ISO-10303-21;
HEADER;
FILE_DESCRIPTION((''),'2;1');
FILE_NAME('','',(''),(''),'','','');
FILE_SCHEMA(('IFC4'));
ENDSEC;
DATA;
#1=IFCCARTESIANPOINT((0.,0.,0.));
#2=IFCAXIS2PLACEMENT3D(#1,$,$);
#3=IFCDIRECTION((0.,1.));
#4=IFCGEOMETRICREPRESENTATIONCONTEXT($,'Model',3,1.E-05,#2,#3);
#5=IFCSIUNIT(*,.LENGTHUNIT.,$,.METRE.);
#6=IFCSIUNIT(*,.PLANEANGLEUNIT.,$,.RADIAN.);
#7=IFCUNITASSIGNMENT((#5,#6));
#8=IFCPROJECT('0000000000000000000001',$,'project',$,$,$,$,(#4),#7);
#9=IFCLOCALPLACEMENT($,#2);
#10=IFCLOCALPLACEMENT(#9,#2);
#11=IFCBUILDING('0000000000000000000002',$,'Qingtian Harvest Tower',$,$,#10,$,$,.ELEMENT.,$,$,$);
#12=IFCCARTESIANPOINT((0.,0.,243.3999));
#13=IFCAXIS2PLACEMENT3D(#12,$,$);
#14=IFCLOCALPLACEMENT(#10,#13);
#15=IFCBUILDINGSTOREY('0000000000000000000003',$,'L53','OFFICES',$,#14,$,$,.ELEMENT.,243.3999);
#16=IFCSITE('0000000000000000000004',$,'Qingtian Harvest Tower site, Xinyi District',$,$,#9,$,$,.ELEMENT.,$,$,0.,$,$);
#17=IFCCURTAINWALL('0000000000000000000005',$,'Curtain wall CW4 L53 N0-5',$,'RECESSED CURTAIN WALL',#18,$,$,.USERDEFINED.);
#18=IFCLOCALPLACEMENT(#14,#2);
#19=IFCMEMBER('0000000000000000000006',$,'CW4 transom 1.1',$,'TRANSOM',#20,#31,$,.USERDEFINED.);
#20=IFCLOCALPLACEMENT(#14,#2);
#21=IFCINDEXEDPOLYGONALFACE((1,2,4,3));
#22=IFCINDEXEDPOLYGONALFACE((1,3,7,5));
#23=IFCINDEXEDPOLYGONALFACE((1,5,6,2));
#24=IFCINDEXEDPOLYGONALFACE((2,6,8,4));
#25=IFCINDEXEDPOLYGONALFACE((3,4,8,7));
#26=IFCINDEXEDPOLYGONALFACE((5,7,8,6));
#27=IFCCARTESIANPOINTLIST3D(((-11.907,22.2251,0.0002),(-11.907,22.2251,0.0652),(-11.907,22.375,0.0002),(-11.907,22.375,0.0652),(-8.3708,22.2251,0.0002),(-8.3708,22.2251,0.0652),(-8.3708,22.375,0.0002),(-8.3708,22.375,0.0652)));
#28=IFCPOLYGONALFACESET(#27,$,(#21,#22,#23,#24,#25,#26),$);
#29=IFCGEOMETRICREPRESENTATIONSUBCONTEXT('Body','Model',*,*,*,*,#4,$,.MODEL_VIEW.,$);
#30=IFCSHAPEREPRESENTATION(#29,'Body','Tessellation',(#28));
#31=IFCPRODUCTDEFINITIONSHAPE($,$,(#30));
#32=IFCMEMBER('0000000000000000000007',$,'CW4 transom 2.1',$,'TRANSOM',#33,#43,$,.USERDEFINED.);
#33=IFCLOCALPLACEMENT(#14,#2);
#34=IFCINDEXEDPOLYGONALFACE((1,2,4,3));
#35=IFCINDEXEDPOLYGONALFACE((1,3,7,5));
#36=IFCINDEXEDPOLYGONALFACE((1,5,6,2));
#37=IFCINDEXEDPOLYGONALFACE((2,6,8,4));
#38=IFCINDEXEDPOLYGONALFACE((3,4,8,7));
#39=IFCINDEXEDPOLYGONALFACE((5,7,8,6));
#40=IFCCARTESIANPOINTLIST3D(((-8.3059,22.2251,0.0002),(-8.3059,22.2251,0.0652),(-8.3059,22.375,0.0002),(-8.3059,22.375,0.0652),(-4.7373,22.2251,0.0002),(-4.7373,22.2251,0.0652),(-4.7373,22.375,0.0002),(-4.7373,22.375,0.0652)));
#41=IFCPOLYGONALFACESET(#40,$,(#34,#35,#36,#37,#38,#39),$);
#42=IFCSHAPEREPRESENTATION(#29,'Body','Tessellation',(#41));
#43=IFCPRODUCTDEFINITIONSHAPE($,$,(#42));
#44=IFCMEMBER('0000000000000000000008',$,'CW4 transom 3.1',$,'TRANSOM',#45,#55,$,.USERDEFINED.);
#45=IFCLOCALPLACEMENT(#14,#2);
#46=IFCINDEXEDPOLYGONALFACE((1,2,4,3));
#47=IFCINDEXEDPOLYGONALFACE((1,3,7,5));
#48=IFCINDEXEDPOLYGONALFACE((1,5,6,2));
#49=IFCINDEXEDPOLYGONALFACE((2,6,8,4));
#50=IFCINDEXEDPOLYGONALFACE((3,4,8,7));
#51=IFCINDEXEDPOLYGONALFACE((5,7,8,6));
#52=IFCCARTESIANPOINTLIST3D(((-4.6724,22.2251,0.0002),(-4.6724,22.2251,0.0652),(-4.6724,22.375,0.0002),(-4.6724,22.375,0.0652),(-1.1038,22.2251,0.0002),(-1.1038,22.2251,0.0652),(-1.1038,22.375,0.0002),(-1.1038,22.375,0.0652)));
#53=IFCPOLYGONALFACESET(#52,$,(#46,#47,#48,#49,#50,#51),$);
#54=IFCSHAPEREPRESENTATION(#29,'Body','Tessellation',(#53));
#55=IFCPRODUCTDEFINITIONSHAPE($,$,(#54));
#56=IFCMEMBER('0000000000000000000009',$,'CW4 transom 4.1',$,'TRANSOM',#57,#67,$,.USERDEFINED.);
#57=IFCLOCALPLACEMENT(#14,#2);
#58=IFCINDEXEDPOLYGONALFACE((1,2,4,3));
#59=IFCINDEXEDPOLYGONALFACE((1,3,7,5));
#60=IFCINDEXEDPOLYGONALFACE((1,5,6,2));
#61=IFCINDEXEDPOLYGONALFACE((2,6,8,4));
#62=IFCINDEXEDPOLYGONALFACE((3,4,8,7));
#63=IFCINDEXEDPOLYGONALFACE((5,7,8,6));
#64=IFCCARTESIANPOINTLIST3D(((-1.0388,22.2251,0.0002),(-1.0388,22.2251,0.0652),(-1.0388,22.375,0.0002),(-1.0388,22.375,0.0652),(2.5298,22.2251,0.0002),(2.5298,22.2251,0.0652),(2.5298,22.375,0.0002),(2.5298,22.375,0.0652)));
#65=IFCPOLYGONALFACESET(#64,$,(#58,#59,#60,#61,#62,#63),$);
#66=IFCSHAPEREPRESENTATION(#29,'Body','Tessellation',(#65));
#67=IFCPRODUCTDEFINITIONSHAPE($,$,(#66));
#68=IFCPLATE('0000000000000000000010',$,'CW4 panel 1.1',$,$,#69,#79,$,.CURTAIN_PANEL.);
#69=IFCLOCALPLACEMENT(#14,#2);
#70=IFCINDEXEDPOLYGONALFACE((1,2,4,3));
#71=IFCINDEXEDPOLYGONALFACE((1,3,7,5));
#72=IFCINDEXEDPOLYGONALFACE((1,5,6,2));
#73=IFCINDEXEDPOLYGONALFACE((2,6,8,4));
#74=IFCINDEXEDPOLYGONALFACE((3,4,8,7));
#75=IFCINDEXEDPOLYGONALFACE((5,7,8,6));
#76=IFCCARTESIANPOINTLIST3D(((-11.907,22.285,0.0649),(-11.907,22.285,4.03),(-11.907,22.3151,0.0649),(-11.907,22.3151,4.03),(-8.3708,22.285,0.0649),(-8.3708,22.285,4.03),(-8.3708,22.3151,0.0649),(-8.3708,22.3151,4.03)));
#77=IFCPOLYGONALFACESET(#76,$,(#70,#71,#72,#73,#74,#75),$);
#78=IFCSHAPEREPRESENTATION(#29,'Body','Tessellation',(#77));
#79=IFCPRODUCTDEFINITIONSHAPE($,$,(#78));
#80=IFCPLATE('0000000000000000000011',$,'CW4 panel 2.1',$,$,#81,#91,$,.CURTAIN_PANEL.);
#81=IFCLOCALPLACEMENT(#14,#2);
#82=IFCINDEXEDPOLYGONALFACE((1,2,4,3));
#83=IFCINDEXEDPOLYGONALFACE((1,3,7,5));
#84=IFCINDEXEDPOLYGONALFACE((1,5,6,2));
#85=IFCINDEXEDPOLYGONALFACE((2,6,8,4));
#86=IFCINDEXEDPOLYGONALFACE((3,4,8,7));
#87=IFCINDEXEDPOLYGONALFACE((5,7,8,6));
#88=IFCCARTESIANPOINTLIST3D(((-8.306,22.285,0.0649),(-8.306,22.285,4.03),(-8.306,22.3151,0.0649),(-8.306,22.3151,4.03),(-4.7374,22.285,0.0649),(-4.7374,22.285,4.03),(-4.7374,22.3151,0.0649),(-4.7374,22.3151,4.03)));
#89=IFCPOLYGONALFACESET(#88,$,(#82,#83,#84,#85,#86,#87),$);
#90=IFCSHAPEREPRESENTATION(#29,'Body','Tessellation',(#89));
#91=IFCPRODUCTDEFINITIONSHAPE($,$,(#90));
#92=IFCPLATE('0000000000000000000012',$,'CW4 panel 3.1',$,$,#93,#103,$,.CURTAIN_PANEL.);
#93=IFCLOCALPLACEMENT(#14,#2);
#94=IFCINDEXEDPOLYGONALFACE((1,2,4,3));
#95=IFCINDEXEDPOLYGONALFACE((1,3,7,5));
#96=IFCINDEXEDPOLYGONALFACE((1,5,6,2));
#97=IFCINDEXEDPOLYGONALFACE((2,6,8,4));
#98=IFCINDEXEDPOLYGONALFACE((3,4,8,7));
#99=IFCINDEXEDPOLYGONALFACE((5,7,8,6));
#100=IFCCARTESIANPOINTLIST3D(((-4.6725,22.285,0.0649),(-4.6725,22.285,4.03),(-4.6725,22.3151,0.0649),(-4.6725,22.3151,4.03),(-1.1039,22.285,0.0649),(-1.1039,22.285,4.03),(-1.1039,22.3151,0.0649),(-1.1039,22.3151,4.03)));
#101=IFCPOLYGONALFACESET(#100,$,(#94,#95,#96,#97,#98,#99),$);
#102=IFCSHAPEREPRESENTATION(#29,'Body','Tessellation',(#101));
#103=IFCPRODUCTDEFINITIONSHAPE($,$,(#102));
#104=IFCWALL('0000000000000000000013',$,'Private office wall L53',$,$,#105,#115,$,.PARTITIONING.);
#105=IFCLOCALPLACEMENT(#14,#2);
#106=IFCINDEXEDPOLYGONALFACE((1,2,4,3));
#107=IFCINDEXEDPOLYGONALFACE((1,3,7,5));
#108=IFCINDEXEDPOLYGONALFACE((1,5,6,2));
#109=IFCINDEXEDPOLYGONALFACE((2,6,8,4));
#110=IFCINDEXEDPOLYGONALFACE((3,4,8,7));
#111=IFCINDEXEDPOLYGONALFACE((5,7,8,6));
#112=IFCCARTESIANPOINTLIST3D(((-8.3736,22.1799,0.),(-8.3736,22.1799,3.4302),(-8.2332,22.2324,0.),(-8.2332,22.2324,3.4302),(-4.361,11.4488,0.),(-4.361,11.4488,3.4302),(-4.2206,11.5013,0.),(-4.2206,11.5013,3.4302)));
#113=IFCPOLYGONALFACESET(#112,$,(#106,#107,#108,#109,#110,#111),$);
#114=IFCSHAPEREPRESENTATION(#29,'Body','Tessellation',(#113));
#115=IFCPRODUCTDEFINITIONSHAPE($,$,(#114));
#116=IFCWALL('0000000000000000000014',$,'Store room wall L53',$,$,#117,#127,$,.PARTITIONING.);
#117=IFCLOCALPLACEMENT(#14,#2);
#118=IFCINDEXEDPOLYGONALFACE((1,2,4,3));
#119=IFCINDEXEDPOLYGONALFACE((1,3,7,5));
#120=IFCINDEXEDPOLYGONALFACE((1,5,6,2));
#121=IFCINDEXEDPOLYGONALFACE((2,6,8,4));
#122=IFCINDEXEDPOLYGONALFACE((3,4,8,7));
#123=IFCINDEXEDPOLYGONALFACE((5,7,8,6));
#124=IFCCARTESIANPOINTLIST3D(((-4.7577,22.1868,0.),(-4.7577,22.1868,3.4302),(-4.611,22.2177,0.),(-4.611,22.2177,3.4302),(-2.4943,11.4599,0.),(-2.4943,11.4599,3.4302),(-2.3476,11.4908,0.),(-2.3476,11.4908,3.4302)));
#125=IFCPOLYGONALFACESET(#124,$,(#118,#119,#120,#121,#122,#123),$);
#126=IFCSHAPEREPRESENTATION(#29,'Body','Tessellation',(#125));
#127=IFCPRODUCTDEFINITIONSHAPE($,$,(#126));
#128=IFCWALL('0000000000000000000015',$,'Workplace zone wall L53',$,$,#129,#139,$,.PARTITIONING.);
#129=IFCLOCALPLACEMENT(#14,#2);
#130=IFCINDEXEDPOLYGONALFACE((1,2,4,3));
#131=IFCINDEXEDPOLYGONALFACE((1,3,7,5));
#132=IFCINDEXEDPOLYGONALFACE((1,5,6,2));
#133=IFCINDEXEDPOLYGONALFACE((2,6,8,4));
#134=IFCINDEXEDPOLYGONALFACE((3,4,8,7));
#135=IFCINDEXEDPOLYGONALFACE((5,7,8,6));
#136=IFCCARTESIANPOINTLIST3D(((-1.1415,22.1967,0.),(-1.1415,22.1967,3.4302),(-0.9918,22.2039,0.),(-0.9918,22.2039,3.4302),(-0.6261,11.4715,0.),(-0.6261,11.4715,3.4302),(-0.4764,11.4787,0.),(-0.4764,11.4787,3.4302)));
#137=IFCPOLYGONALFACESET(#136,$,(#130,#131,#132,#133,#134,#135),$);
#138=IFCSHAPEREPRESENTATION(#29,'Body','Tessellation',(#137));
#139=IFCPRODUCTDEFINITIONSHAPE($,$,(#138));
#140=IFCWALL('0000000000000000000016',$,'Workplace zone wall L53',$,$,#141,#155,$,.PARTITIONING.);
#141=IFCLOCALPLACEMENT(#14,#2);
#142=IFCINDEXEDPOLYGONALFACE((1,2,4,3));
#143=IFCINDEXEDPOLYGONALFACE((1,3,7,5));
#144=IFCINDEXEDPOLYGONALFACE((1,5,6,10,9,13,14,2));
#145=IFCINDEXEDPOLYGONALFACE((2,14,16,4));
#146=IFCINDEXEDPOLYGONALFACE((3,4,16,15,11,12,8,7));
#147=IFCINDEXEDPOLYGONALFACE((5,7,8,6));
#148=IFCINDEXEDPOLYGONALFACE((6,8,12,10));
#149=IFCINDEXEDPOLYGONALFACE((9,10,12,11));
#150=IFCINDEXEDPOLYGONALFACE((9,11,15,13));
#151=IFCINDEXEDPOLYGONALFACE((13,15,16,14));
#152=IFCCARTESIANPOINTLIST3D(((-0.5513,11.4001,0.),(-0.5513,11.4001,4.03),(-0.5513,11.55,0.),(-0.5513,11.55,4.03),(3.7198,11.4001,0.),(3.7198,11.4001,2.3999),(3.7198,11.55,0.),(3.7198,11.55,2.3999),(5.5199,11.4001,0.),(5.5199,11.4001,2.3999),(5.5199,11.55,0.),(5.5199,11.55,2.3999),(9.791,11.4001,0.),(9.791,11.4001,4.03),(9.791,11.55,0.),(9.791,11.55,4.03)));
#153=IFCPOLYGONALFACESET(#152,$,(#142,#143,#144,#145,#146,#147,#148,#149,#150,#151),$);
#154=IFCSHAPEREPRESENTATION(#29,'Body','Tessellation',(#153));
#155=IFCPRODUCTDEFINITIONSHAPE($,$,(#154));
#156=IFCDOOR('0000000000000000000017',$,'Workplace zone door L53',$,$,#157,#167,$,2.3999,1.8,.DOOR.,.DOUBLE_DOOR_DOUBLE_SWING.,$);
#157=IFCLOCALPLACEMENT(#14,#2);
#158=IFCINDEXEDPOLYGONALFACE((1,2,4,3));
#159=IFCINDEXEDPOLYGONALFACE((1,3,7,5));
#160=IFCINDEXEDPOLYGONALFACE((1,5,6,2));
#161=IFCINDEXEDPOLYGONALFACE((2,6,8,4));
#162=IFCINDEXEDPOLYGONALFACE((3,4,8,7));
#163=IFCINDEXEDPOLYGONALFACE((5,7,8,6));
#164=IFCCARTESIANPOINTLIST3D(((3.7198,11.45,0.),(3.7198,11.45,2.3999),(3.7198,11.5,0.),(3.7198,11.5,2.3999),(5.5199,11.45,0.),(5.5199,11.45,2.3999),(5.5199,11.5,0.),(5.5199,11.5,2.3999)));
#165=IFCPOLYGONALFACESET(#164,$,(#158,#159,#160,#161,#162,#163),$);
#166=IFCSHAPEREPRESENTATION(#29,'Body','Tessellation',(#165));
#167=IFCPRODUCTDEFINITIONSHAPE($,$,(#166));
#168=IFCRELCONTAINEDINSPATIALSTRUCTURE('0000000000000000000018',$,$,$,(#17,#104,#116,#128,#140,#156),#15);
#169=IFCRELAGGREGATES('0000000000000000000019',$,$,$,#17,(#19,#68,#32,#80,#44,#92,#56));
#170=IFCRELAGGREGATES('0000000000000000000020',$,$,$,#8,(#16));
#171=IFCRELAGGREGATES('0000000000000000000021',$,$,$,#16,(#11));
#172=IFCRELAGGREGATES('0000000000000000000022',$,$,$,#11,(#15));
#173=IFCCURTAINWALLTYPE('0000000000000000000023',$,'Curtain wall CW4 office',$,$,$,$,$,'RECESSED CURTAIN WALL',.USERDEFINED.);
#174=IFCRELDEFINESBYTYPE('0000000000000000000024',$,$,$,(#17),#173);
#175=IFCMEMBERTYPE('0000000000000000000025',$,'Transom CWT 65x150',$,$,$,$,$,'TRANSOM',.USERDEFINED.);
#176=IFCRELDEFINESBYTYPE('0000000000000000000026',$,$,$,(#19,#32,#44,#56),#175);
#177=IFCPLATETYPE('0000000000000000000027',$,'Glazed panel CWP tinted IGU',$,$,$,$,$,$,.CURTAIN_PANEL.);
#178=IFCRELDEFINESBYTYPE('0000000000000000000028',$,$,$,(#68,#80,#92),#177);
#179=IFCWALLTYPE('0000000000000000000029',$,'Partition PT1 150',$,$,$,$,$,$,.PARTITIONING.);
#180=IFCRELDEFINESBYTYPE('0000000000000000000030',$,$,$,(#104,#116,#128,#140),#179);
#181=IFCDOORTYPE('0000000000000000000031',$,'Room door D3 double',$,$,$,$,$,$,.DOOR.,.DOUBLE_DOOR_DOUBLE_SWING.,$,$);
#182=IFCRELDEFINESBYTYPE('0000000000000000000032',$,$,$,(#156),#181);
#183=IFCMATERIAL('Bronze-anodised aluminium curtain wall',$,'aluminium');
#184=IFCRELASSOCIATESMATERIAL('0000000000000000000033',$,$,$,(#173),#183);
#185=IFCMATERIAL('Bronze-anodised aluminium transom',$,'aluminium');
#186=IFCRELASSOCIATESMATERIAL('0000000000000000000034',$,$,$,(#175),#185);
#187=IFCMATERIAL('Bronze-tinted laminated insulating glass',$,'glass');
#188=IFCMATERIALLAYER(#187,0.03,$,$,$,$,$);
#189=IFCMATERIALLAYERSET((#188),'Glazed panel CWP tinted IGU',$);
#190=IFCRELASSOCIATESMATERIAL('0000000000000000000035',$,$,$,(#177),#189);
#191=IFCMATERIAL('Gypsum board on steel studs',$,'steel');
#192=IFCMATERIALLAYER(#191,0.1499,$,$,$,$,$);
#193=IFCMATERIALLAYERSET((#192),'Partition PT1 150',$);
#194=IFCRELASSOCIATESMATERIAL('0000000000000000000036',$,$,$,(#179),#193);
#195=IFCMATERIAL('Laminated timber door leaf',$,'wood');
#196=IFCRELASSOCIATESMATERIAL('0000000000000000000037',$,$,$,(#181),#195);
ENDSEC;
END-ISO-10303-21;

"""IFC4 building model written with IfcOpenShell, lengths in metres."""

from ifc_helpers import new_model, si_unit, direction, frame, frame_2d, origin, origin_2d, place, context, subcontext, project, spatial, rectangle, extrude, material, layer, layer_set, material_profile, profile_set, type_object, element, fill, aggregate, save


model = new_model("IFC4")

# Units and contexts
model_context = context("Model", 3, precision=1e-05, world=origin(), true_north=direction((0.0, 1.0)))
body_context = subcontext(model_context, "Body", "Model", "MODEL_VIEW")
ifc_project = project(units=[si_unit("LENGTHUNIT", "METRE"), si_unit("PLANEANGLEUNIT", "RADIAN")], contexts=[model_context])

# Site, building, storey
site_placement = place(None, origin())
site = spatial("IfcSite", under=ifc_project, at=site_placement, Name="Qingtian Harvest Tower site, Xinyi District", CompositionType="ELEMENT", RefElevation=0.0)
building_placement = place(site_placement, origin())
building = spatial("IfcBuilding", under=site, at=building_placement, Name="Qingtian Harvest Tower", CompositionType="ELEMENT")
storey_placement = place(building_placement, frame((0.0, 0.0, 243.3999)))
storey = spatial("IfcBuildingStorey", under=building, at=storey_placement, Name="L53", Description="OFFICES", CompositionType="ELEMENT", Elevation=243.3999)

# Curtain wall
ifc_material_1 = material(Name="Bronze-anodised aluminium curtain wall", Category="aluminium")
curtain_wall_type = type_object("IfcCurtainWallType", Name="Curtain wall CW4 office", ElementType="RECESSED CURTAIN WALL", PredefinedType="USERDEFINED", material=ifc_material_1)
curtain_wall_1_placement = place(storey_placement, origin())
curtain_wall_1 = element("IfcCurtainWall", 1, at=curtain_wall_1_placement, inside=storey, type_object=curtain_wall_type, Name="Curtain wall CW4 L53 N0-5", ObjectType="RECESSED CURTAIN WALL", PredefinedType="USERDEFINED")

# Members
ifc_material_2 = material(Name="Bronze-anodised aluminium transom", Category="aluminium")
ifc_material_profile_1 = material_profile(ifc_material_2, rectangle(XDim=0.1499, YDim=0.0649, at=origin_2d()), Name="AL 65x150")
ifc_profile_set_1 = profile_set([ifc_material_profile_1], Name="Bronze-anodised aluminium transom")
member_type_1 = type_object("IfcMemberType", Name="Transom CWT 65x150", ElementType="TRANSOM", PredefinedType="USERDEFINED", material=ifc_profile_set_1)
member_1_placement = place(storey_placement, frame((-11.907, 22.3, 0.0327), z_axis=(1.0, 0.0, 0.0), x_axis=(0.0, 1.0, 0.0)))
member_1 = element("IfcMember", 2, at=member_1_placement, type_object=member_type_1, Name="CW4 transom 1.1", ObjectType="TRANSOM", PredefinedType="USERDEFINED", context=body_context, shape_type="SweptSolid", body=[
    extrude(rectangle(XDim=0.1499, YDim=0.0649, at=origin_2d()), origin(), (0.0, 0.0, 1.0), 3.5361),
])
member_2_placement = place(storey_placement, frame((-8.3059, 22.3, 0.0327), z_axis=(1.0, 0.0, 0.0), x_axis=(0.0, 1.0, 0.0)))
member_2 = element("IfcMember", 3, at=member_2_placement, type_object=member_type_1, Name="CW4 transom 2.1", ObjectType="TRANSOM", PredefinedType="USERDEFINED", context=body_context, shape_type="SweptSolid", body=[
    extrude(rectangle(XDim=0.1499, YDim=0.0649, at=origin_2d()), origin(), (0.0, 0.0, 1.0), 3.5686),
])
member_3_placement = place(storey_placement, frame((-4.6724, 22.3, 0.0327), z_axis=(1.0, 0.0, 0.0), x_axis=(0.0, 1.0, 0.0)))
member_3 = element("IfcMember", 4, at=member_3_placement, type_object=member_type_1, Name="CW4 transom 3.1", ObjectType="TRANSOM", PredefinedType="USERDEFINED", context=body_context, shape_type="SweptSolid", body=[
    extrude(rectangle(XDim=0.1499, YDim=0.0649, at=origin_2d()), origin(), (0.0, 0.0, 1.0), 3.5686),
])
member_4_placement = place(storey_placement, frame((-1.0388, 22.3, 0.0327), z_axis=(1.0, 0.0, 0.0), x_axis=(0.0, 1.0, 0.0)))
member_4 = element("IfcMember", 5, at=member_4_placement, type_object=member_type_1, Name="CW4 transom 4.1", ObjectType="TRANSOM", PredefinedType="USERDEFINED", context=body_context, shape_type="SweptSolid", body=[
    extrude(rectangle(XDim=0.1499, YDim=0.0649, at=origin_2d()), origin(), (0.0, 0.0, 1.0), 3.5686),
])

# Plates
ifc_material_3 = material(Name="Bronze-tinted laminated insulating glass", Category="glass")
ifc_layer_1 = layer(ifc_material_3, 0.03)
ifc_layer_set_1 = layer_set([ifc_layer_1], Name="Glazed panel CWP tinted IGU")
plate_type = type_object("IfcPlateType", Name="Glazed panel CWP tinted IGU", PredefinedType="CURTAIN_PANEL", material=ifc_layer_set_1)
plate_1_placement = place(storey_placement, frame((-10.1389, 22.3, 0.0649), z_axis=(0.0, 0.0, 1.0), x_axis=(1.0, 0.0, 0.0)))
plate_1 = element("IfcPlate", 6, at=plate_1_placement, type_object=plate_type, Name="CW4 panel 1.1", PredefinedType="CURTAIN_PANEL", context=body_context, shape_type="SweptSolid", body=[
    extrude(rectangle(XDim=3.5361, YDim=0.03, at=origin_2d()), origin(), (0.0, 0.0, 1.0), 3.9651),
])
plate_2_placement = place(storey_placement, frame((-6.5217, 22.3, 0.0649), z_axis=(0.0, 0.0, 1.0), x_axis=(1.0, 0.0, 0.0)))
plate_2 = element("IfcPlate", 7, at=plate_2_placement, type_object=plate_type, Name="CW4 panel 2.1", PredefinedType="CURTAIN_PANEL", context=body_context, shape_type="SweptSolid", body=[
    extrude(rectangle(XDim=3.5686, YDim=0.03, at=origin_2d()), origin(), (0.0, 0.0, 1.0), 3.9651),
])
plate_3_placement = place(storey_placement, frame((-2.8882, 22.3, 0.0649), z_axis=(0.0, 0.0, 1.0), x_axis=(1.0, 0.0, 0.0)))
plate_3 = element("IfcPlate", 8, at=plate_3_placement, type_object=plate_type, Name="CW4 panel 3.1", PredefinedType="CURTAIN_PANEL", context=body_context, shape_type="SweptSolid", body=[
    extrude(rectangle(XDim=3.5686, YDim=0.03, at=origin_2d()), origin(), (0.0, 0.0, 1.0), 3.9651),
])
aggregate(curtain_wall_1, [member_1, plate_1, member_2, plate_2, member_3, plate_3, member_4])

# Walls
ifc_material_4 = material(Name="Gypsum board on steel studs", Category="steel")
ifc_layer_2 = layer(ifc_material_4, 0.1499)
ifc_layer_set_2 = layer_set([ifc_layer_2], Name="Partition PT1 150")
wall_type = type_object("IfcWallType", Name="Partition PT1 150", PredefinedType="PARTITIONING", material=ifc_layer_set_2)
wall_1_placement = place(storey_placement, frame((-8.3035, 22.2063, 0.0), z_axis=(0.0, 0.0, 1.0), x_axis=(0.350243, -0.936659, 0.0)))
element("IfcWall", 9, at=wall_1_placement, inside=storey, type_object=wall_type, Name="Private office wall L53", PredefinedType="PARTITIONING", context=body_context, shape_type="SweptSolid", body=[
    extrude(rectangle(XDim=11.4568, YDim=0.1499, at=frame_2d((5.7285, 0.0))), origin(), (0.0, 0.0, 1.0), 3.4302),
])
wall_2_placement = place(storey_placement, frame((-4.6843, 22.2021, 0.0), z_axis=(0.0, 0.0, 1.0), x_axis=(0.206456, -0.978456, 0.0)))
element("IfcWall", 10, at=wall_2_placement, inside=storey, type_object=wall_type, Name="Store room wall L53", PredefinedType="PARTITIONING", context=body_context, shape_type="SweptSolid", body=[
    extrude(rectangle(XDim=10.9631, YDim=0.1499, at=frame_2d((5.4814, 0.0))), origin(), (0.0, 0.0, 1.0), 3.4302),
])
wall_3_placement = place(storey_placement, frame((-1.0667, 22.2002, 0.0), z_axis=(0.0, 0.0, 1.0), x_axis=(0.047998, -0.998847, 0.0)))
element("IfcWall", 11, at=wall_3_placement, inside=storey, type_object=wall_type, Name="Workplace zone wall L53", PredefinedType="PARTITIONING", context=body_context, shape_type="SweptSolid", body=[
    extrude(rectangle(XDim=10.7375, YDim=0.1499, at=frame_2d((5.3687, 0.0))), origin(), (0.0, 0.0, 1.0), 3.4302),
])

# Wall, opening, door
wall_4_placement = place(storey_placement, frame((-0.5513, 11.4751, 0.0), z_axis=(0.0, 0.0, 1.0), x_axis=(1.0, 0.0, 0.0)))
wall_4 = element("IfcWall", 12, at=wall_4_placement, inside=storey, type_object=wall_type, Name="Workplace zone wall L53", PredefinedType="PARTITIONING", context=body_context, shape_type="SweptSolid", body=[
    extrude(rectangle(XDim=10.3423, YDim=0.1499, at=frame_2d((5.1711, 0.0))), origin(), (0.0, 0.0, 1.0), 4.03),
])
opening_placement = place(wall_4_placement, frame((4.2712, 0.0, 0.0)))
opening = element("IfcOpeningElement", 13, at=opening_placement, cuts=wall_4, PredefinedType="OPENING", context=body_context, shape_type="SweptSolid", body=[
    extrude(rectangle(XDim=1.8, YDim=2.3999, at=frame_2d((0.8999, 1.2))), frame((0.0, 0.085, 0.0), z_axis=(0.0, -1.0, 0.0), x_axis=(1.0, 0.0, 0.0)), (0.0, 0.0, 1.0), 0.1699),
])
ifc_material_5 = material(Name="Laminated timber door leaf", Category="wood")
door_type = type_object("IfcDoorType", Name="Room door D3 double", OperationType="DOUBLE_DOOR_DOUBLE_SWING", PredefinedType="DOOR", material=ifc_material_5)
door_placement = place(opening_placement, origin())
door = element("IfcDoor", 14, at=door_placement, inside=storey, type_object=door_type, Name="Workplace zone door L53", OperationType="DOUBLE_DOOR_DOUBLE_SWING", OverallHeight=2.3999, OverallWidth=1.8, PredefinedType="DOOR", context=body_context, shape_type="SweptSolid", body=[
    extrude(rectangle(XDim=1.8, YDim=2.3999, at=frame_2d((0.8999, 1.2))), frame((0.0, 0.0249, 0.0), z_axis=(0.0, -1.0, 0.0), x_axis=(1.0, 0.0, 0.0)), (0.0, 0.0, 1.0), 0.05),
])
fill(opening, door)

save(model, "model.ifc")
